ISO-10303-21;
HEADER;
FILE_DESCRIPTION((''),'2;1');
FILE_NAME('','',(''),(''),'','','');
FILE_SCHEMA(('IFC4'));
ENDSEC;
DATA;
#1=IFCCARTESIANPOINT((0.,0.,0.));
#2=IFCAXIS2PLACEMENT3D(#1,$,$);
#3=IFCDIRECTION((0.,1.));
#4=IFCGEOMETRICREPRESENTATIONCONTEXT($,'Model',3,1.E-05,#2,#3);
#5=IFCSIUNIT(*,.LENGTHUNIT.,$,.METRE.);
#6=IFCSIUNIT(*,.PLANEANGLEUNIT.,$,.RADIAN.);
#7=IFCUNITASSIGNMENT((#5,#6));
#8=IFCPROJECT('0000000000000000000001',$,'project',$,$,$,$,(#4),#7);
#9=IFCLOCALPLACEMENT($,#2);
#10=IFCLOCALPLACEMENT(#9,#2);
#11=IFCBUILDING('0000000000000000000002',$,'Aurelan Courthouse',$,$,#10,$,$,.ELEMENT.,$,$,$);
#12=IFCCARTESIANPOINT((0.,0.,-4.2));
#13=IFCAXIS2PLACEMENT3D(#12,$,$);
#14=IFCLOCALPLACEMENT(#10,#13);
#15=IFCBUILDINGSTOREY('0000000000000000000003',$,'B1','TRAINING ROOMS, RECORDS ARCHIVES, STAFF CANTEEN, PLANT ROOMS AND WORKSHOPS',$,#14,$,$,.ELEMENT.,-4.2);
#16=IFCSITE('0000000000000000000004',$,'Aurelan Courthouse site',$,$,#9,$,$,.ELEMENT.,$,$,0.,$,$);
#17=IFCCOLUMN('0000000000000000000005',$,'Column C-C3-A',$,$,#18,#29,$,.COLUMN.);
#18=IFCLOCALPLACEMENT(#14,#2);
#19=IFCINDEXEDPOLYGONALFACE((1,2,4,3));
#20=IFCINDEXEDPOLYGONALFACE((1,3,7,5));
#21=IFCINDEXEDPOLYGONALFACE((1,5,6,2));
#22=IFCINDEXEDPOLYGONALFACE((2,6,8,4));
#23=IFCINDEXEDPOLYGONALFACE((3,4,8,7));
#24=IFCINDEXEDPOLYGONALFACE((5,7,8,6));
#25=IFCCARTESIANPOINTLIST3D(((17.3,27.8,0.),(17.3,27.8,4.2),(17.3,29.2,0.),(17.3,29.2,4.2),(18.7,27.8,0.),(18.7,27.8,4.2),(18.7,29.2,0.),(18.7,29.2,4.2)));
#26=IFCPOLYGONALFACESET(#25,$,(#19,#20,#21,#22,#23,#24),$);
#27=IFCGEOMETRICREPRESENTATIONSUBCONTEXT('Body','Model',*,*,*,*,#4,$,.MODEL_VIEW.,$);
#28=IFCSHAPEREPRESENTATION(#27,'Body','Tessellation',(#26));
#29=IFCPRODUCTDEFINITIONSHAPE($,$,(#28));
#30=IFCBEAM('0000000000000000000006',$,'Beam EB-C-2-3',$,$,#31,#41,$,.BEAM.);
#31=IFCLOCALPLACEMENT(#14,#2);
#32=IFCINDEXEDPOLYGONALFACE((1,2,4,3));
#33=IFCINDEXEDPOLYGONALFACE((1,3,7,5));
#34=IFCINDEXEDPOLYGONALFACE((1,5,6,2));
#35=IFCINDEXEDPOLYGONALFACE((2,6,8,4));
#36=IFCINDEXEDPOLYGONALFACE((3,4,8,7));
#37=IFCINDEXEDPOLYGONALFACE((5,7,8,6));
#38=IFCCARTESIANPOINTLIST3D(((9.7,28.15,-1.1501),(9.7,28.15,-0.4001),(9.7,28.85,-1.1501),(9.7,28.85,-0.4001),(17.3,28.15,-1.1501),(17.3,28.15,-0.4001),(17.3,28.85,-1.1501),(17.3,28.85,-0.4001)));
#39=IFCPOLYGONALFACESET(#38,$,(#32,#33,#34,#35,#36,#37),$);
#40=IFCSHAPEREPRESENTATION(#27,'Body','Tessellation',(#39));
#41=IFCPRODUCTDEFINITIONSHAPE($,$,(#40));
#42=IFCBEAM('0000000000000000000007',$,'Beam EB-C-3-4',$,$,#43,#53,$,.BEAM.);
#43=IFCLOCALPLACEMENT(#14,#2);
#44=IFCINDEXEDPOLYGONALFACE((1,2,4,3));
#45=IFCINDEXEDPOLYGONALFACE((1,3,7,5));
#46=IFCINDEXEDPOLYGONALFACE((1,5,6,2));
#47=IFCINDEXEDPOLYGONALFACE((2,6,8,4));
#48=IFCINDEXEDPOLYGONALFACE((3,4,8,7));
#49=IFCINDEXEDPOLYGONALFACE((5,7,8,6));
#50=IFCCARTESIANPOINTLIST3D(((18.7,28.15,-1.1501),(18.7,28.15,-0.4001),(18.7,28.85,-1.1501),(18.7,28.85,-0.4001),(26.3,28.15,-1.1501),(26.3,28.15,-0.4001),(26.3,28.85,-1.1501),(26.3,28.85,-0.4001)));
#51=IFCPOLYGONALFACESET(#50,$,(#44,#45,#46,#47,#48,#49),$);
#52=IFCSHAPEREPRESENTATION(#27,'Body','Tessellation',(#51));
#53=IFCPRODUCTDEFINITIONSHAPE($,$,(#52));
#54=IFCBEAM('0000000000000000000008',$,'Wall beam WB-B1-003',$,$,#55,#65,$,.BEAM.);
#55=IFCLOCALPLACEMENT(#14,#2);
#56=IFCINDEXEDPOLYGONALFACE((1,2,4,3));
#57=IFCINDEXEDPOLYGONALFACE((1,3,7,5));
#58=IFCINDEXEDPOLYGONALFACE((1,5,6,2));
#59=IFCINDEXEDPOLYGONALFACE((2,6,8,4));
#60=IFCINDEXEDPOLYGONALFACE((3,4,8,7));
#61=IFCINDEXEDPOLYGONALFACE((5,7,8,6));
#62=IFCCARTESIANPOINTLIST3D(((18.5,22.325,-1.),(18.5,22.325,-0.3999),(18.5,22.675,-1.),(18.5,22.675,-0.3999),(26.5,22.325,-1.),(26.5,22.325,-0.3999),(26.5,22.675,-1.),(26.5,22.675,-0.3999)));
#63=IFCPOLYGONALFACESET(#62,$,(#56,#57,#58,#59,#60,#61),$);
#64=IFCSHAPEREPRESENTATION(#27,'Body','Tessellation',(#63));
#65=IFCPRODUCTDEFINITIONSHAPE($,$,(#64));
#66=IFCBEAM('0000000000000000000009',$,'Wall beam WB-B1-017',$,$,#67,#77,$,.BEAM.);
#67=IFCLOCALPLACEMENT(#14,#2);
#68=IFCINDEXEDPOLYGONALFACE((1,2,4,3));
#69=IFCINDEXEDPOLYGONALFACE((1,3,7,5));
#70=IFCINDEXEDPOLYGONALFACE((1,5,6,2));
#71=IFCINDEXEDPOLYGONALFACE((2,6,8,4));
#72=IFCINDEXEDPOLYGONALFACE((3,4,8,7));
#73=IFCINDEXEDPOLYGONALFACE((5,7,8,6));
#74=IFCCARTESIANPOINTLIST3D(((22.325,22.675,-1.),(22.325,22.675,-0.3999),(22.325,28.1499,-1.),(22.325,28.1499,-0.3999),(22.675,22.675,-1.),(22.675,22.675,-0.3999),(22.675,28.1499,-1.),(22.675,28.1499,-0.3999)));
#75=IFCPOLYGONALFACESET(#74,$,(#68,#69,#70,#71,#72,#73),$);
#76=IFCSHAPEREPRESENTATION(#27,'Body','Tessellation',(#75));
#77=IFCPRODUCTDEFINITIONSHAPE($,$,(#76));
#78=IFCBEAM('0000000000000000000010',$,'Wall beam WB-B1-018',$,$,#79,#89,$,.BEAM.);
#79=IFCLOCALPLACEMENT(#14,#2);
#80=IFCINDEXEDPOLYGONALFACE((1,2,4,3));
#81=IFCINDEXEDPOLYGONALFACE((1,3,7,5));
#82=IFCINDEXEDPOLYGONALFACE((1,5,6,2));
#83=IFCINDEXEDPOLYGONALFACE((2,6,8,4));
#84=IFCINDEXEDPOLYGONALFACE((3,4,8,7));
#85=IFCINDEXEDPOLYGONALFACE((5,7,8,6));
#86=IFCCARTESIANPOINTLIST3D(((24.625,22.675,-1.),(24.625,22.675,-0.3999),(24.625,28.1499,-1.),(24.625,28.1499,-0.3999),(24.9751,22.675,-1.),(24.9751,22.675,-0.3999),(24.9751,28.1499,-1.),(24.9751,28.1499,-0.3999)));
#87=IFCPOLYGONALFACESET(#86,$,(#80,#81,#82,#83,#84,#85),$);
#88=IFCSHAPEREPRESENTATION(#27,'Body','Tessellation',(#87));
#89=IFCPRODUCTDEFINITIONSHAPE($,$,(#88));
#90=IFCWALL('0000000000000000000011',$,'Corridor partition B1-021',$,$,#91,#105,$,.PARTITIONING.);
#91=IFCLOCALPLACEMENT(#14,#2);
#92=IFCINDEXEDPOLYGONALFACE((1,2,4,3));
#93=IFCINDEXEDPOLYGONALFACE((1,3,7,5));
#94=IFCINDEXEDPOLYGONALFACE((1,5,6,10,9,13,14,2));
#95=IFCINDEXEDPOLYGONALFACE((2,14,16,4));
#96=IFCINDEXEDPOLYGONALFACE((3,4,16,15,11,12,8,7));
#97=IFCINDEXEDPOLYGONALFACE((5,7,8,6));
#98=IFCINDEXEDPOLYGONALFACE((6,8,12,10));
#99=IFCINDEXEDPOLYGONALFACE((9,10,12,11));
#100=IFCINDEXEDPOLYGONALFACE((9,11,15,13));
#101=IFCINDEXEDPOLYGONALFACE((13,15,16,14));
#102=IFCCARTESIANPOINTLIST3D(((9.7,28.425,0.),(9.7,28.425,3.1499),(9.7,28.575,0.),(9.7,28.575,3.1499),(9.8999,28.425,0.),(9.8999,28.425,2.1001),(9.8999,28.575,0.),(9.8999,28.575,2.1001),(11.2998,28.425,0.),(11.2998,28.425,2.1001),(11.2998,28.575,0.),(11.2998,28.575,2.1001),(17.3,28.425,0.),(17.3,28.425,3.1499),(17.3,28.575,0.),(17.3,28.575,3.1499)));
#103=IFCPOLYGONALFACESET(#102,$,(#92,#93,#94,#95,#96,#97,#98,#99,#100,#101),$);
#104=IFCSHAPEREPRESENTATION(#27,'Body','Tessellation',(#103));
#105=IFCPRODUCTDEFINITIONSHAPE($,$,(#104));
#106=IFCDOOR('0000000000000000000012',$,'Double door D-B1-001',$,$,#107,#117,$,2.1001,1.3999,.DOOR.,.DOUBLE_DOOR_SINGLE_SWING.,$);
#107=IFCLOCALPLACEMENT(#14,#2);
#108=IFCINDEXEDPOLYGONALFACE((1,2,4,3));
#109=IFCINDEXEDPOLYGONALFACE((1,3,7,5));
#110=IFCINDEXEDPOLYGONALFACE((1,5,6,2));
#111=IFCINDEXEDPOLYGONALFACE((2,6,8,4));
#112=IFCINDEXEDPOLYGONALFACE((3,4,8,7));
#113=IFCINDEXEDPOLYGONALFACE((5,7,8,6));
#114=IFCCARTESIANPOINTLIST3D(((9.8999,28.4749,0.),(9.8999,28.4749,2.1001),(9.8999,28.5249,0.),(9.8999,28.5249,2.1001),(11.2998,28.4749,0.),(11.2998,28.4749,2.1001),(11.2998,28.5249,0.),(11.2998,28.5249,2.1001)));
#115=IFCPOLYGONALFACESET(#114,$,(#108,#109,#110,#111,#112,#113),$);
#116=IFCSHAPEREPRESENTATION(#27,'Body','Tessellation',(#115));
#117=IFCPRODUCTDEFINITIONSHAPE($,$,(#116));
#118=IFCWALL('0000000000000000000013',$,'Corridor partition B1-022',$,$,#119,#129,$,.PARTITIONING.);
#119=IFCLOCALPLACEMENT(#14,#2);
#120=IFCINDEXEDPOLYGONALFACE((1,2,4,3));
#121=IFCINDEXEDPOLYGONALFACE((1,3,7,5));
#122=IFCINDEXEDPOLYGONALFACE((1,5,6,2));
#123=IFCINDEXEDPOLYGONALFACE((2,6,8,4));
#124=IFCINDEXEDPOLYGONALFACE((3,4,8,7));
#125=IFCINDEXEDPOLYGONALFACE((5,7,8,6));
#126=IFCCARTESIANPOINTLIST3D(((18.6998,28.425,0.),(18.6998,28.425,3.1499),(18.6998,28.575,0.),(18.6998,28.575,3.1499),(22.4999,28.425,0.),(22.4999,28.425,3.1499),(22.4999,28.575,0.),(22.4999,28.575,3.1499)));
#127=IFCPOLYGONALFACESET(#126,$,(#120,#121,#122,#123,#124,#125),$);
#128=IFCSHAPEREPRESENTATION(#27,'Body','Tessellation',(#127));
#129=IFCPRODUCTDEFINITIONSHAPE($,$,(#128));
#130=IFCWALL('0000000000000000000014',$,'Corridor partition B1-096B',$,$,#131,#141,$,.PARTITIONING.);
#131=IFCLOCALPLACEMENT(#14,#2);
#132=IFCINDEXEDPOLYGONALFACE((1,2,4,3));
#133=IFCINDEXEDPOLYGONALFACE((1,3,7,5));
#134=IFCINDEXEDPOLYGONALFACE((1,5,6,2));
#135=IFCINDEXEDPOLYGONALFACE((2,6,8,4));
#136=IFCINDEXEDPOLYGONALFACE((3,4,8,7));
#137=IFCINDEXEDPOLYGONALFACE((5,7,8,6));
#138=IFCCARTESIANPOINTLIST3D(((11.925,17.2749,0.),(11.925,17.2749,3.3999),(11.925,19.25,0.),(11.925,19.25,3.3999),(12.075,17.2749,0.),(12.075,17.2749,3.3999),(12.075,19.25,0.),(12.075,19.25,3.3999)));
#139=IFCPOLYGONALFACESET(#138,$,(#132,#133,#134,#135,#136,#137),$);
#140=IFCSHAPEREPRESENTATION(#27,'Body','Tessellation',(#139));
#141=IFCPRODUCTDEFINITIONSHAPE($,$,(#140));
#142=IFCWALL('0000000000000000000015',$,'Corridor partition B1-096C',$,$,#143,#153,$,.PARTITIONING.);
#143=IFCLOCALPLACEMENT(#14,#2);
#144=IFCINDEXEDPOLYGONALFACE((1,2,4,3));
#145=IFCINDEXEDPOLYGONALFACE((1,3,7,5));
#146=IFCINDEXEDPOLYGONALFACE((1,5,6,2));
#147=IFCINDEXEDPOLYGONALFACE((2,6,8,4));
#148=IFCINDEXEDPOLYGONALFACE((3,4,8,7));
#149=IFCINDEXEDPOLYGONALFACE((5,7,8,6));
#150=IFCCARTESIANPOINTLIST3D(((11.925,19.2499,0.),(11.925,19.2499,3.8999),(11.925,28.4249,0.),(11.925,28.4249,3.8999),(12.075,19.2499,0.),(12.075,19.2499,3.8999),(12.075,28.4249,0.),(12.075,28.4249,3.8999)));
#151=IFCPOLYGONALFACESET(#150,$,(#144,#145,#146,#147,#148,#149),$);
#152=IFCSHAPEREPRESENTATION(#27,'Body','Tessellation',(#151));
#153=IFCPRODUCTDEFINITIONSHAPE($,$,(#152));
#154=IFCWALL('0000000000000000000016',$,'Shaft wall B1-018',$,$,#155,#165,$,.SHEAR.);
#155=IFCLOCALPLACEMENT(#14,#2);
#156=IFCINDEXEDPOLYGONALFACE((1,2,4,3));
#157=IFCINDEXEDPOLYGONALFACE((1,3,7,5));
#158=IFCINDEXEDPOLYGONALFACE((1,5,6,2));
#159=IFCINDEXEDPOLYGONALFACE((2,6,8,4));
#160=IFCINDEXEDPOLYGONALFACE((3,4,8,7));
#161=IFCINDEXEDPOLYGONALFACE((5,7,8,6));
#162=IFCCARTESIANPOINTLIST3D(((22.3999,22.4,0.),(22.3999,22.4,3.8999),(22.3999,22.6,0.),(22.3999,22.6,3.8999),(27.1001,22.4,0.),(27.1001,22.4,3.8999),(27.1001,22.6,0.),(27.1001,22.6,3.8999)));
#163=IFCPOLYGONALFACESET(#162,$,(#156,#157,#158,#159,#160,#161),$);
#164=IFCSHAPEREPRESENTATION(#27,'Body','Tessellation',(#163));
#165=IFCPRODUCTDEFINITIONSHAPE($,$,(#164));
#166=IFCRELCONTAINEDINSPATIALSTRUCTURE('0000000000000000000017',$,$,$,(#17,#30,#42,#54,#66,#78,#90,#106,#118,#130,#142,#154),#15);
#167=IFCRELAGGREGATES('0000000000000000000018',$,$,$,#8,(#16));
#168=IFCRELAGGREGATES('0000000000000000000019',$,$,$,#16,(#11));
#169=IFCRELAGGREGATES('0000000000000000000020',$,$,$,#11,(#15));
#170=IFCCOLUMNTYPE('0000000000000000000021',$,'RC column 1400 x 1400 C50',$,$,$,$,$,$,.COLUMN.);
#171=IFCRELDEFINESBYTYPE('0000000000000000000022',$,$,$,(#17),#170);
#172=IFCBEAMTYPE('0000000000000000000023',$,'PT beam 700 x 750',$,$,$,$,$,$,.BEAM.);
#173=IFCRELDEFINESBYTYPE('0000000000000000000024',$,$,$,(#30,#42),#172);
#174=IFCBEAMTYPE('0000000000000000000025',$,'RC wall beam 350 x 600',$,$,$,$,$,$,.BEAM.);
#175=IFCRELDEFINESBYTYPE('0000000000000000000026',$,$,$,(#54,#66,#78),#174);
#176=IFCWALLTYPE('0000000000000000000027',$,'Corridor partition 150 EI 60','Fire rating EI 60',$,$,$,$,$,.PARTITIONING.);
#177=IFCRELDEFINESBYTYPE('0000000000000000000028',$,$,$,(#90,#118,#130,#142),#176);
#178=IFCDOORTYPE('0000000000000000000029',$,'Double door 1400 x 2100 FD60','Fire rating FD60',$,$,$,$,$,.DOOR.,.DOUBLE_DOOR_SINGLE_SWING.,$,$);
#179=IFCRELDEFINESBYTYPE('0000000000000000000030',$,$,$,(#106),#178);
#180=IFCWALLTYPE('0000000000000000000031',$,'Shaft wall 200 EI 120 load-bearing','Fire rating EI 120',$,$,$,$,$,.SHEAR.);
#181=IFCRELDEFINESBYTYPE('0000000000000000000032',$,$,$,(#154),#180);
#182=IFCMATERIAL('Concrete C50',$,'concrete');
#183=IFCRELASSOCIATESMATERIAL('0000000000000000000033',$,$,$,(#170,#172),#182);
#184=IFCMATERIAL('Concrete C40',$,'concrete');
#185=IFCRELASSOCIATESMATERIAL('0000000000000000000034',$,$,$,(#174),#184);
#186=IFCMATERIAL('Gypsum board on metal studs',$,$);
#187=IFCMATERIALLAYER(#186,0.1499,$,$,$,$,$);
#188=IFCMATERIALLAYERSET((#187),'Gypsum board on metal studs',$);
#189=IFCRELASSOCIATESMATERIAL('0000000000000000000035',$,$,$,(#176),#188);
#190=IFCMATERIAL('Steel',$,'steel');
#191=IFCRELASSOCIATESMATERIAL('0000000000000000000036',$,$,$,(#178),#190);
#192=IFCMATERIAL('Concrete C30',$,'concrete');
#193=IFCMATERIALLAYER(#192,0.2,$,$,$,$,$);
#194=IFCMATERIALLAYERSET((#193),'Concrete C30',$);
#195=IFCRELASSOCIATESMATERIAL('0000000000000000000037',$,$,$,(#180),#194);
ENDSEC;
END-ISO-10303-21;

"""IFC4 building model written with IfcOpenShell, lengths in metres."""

from ifc_helpers import new_model, si_unit, direction, frame, frame_2d, origin, origin_2d, place, context, subcontext, project, spatial, rectangle, extrude, material, layer, layer_set, material_profile, profile_set, type_object, element, fill, save


model = new_model("IFC4")

# Units and contexts
model_context = context("Model", 3, precision=1e-05, world=origin(), true_north=direction((0.0, 1.0)))
body_context = subcontext(model_context, "Body", "Model", "MODEL_VIEW")
ifc_project = project(units=[si_unit("LENGTHUNIT", "METRE"), si_unit("PLANEANGLEUNIT", "RADIAN")], contexts=[model_context])

# Site, building, storey
site_placement = place(None, origin())
site = spatial("IfcSite", under=ifc_project, at=site_placement, Name="Aurelan Courthouse site", CompositionType="ELEMENT", RefElevation=0.0)
building_placement = place(site_placement, origin())
building = spatial("IfcBuilding", under=site, at=building_placement, Name="Aurelan Courthouse", CompositionType="ELEMENT")
storey_placement = place(building_placement, frame((0.0, 0.0, -4.2)))
storey = spatial("IfcBuildingStorey", under=building, at=storey_placement, Name="B1", Description="TRAINING ROOMS, RECORDS ARCHIVES, STAFF CANTEEN, PLANT ROOMS AND WORKSHOPS", CompositionType="ELEMENT", Elevation=-4.2)

# Column
ifc_material_1 = material(Name="Concrete C50", Category="concrete")
ifc_material_profile_1 = material_profile(ifc_material_1, rectangle(XDim=1.3999, YDim=1.3999, at=origin_2d()), Name="RC 1400 x 1400")
ifc_profile_set_1 = profile_set([ifc_material_profile_1], Name="Concrete C50")
column_type = type_object("IfcColumnType", Name="RC column 1400 x 1400 C50", PredefinedType="COLUMN", material=ifc_profile_set_1)
column_placement = place(storey_placement, frame((18.0, 28.5, 0.0), z_axis=(0.0, 0.0, 1.0), x_axis=(1.0, 0.0, 0.0)))
element("IfcColumn", 1, at=column_placement, inside=storey, type_object=column_type, Name="Column C-C3-A", PredefinedType="COLUMN", context=body_context, shape_type="SweptSolid", body=[
    extrude(rectangle(XDim=1.3999, YDim=1.3999, at=origin_2d()), origin(), (0.0, 0.0, 1.0), 4.2),
])

# Beams
ifc_material_profile_2 = material_profile(ifc_material_1, rectangle(XDim=0.7, YDim=0.75, at=origin_2d()), Name="RC 700 x 750")
ifc_profile_set_2 = profile_set([ifc_material_profile_2], Name="Concrete C50")
beam_type_1 = type_object("IfcBeamType", Name="PT beam 700 x 750", PredefinedType="BEAM", material=ifc_profile_set_2)
for number, where, z_axis, x_axis, name in (
    (2, (9.7, 28.5, -0.7751), (1.0, 0.0, 0.0), (0.0, 1.0, 0.0), "Beam EB-C-2-3"),
    (3, (18.7, 28.5, -0.7751), (1.0, 0.0, 0.0), (0.0, 1.0, 0.0), "Beam EB-C-3-4"),
):
    element("IfcBeam", number, at=place(storey_placement, frame(where, z_axis=z_axis, x_axis=x_axis)), inside=storey, type_object=beam_type_1, Name=name, PredefinedType="BEAM", context=body_context, shape_type="SweptSolid", body=[
        extrude(rectangle(XDim=0.7, YDim=0.75, at=origin_2d()), origin(), (0.0, 0.0, 1.0), 7.6001),
    ])
ifc_material_2 = material(Name="Concrete C40", Category="concrete")
ifc_material_profile_3 = material_profile(ifc_material_2, rectangle(XDim=0.3501, YDim=0.6001, at=origin_2d()), Name="RC 350 x 600")
ifc_profile_set_3 = profile_set([ifc_material_profile_3], Name="Concrete C40")
beam_type_2 = type_object("IfcBeamType", Name="RC wall beam 350 x 600", PredefinedType="BEAM", material=ifc_profile_set_3)
beam_placement = place(storey_placement, frame((18.5, 22.5, -0.7), z_axis=(1.0, 0.0, 0.0), x_axis=(0.0, 1.0, 0.0)))
element("IfcBeam", 4, at=beam_placement, inside=storey, type_object=beam_type_2, Name="Wall beam WB-B1-003", PredefinedType="BEAM", context=body_context, shape_type="SweptSolid", body=[
    extrude(rectangle(XDim=0.3501, YDim=0.6001, at=origin_2d()), origin(), (0.0, 0.0, 1.0), 8.0),
])
for number, where, z_axis, x_axis, name in (
    (5, (22.5, 22.675, -0.7), (0.0, 1.0, 0.0), (-1.0, 0.0, 0.0), "Wall beam WB-B1-017"),
    (6, (24.8, 22.675, -0.7), (0.0, 1.0, 0.0), (-1.0, 0.0, 0.0), "Wall beam WB-B1-018"),
):
    element("IfcBeam", number, at=place(storey_placement, frame(where, z_axis=z_axis, x_axis=x_axis)), inside=storey, type_object=beam_type_2, Name=name, PredefinedType="BEAM", context=body_context, shape_type="SweptSolid", body=[
        extrude(rectangle(XDim=0.3501, YDim=0.6001, at=origin_2d()), origin(), (0.0, 0.0, 1.0), 5.4749),
    ])

# Wall, opening, door
ifc_material_3 = material(Name="Gypsum board on metal studs")
ifc_layer_1 = layer(ifc_material_3, 0.1499)
ifc_layer_set_1 = layer_set([ifc_layer_1], Name="Gypsum board on metal studs")
wall_type_1 = type_object("IfcWallType", Name="Corridor partition 150 EI 60", Description="Fire rating EI 60", PredefinedType="PARTITIONING", material=ifc_layer_set_1)
wall_1_placement = place(storey_placement, frame((9.7, 28.5, 0.0), z_axis=(0.0, 0.0, 1.0), x_axis=(1.0, 0.0, 0.0)))
wall_1 = element("IfcWall", 7, at=wall_1_placement, inside=storey, type_object=wall_type_1, Name="Corridor partition B1-021", PredefinedType="PARTITIONING", context=body_context, shape_type="SweptSolid", body=[
    extrude(rectangle(XDim=7.6001, YDim=0.1499, at=frame_2d((3.8, 0.0))), origin(), (0.0, 0.0, 1.0), 3.1499),
])
opening_1_placement = place(wall_1_placement, frame((0.2, 0.0, 0.0)))
opening_1 = element("IfcOpeningElement", 8, at=opening_1_placement, cuts=wall_1, PredefinedType="OPENING", context=body_context, shape_type="SweptSolid", body=[
    extrude(rectangle(XDim=1.3999, YDim=2.1001, at=frame_2d((0.7, 1.05))), frame((0.0, 0.085, 0.0), z_axis=(0.0, -1.0, 0.0), x_axis=(1.0, 0.0, 0.0)), (0.0, 0.0, 1.0), 0.1699),
])
ifc_material_4 = material(Name="Steel", Category="steel")
door_type_1 = type_object("IfcDoorType", Name="Double door 1400 x 2100 FD60", Description="Fire rating FD60", OperationType="DOUBLE_DOOR_SINGLE_SWING", PredefinedType="DOOR", material=ifc_material_4)
door_1_placement = place(opening_1_placement, origin())
door_1 = element("IfcDoor", 9, at=door_1_placement, inside=storey, type_object=door_type_1, Name="Double door D-B1-001", OperationType="DOUBLE_DOOR_SINGLE_SWING", OverallHeight=2.1001, OverallWidth=1.3999, PredefinedType="DOOR", context=body_context, shape_type="SweptSolid", body=[
    extrude(rectangle(XDim=1.3999, YDim=2.1001, at=frame_2d((0.7, 1.05))), frame((0.0, 0.0249, 0.0), z_axis=(0.0, -1.0, 0.0), x_axis=(1.0, 0.0, 0.0)), (0.0, 0.0, 1.0), 0.05),
])
fill(opening_1, door_1)

# Walls
wall_2_placement = place(storey_placement, frame((18.7, 28.5, 0.0), z_axis=(0.0, 0.0, 1.0), x_axis=(1.0, 0.0, 0.0)))
element("IfcWall", 10, at=wall_2_placement, inside=storey, type_object=wall_type_1, Name="Corridor partition B1-022", PredefinedType="PARTITIONING", context=body_context, shape_type="SweptSolid", body=[
    extrude(rectangle(XDim=3.8, YDim=0.1499, at=frame_2d((1.8999, 0.0))), origin(), (0.0, 0.0, 1.0), 3.1499),
])
wall_3_placement = place(storey_placement, frame((12.0, 17.2749, 0.0), z_axis=(0.0, 0.0, 1.0), x_axis=(0.0, 1.0, 0.0)))
element("IfcWall", 11, at=wall_3_placement, inside=storey, type_object=wall_type_1, Name="Corridor partition B1-096B", PredefinedType="PARTITIONING", context=body_context, shape_type="SweptSolid", body=[
    extrude(rectangle(XDim=1.9751, YDim=0.1499, at=frame_2d((0.9875, 0.0))), origin(), (0.0, 0.0, 1.0), 3.3999),
])
wall_4_placement = place(storey_placement, frame((12.0, 19.25, 0.0), z_axis=(0.0, 0.0, 1.0), x_axis=(0.0, 1.0, 0.0)))
element("IfcWall", 12, at=wall_4_placement, inside=storey, type_object=wall_type_1, Name="Corridor partition B1-096C", PredefinedType="PARTITIONING", context=body_context, shape_type="SweptSolid", body=[
    extrude(rectangle(XDim=9.175, YDim=0.1499, at=frame_2d((4.5874, 0.0))), origin(), (0.0, 0.0, 1.0), 3.8999),
])
ifc_material_5 = material(Name="Concrete C30", Category="concrete")
ifc_layer_2 = layer(ifc_material_5, 0.2)
ifc_layer_set_2 = layer_set([ifc_layer_2], Name="Concrete C30")
wall_type_2 = type_object("IfcWallType", Name="Shaft wall 200 EI 120 load-bearing", Description="Fire rating EI 120", PredefinedType="SHEAR", material=ifc_layer_set_2)
wall_5_placement = place(storey_placement, frame((22.3999, 22.5, 0.0), z_axis=(0.0, 0.0, 1.0), x_axis=(1.0, 0.0, 0.0)))
element("IfcWall", 13, at=wall_5_placement, inside=storey, type_object=wall_type_2, Name="Shaft wall B1-018", PredefinedType="SHEAR", context=body_context, shape_type="SweptSolid", body=[
    extrude(rectangle(XDim=4.7002, YDim=0.2, at=frame_2d((2.3501, 0.0))), origin(), (0.0, 0.0, 1.0), 3.8999),
])

save(model, "model.ifc")
